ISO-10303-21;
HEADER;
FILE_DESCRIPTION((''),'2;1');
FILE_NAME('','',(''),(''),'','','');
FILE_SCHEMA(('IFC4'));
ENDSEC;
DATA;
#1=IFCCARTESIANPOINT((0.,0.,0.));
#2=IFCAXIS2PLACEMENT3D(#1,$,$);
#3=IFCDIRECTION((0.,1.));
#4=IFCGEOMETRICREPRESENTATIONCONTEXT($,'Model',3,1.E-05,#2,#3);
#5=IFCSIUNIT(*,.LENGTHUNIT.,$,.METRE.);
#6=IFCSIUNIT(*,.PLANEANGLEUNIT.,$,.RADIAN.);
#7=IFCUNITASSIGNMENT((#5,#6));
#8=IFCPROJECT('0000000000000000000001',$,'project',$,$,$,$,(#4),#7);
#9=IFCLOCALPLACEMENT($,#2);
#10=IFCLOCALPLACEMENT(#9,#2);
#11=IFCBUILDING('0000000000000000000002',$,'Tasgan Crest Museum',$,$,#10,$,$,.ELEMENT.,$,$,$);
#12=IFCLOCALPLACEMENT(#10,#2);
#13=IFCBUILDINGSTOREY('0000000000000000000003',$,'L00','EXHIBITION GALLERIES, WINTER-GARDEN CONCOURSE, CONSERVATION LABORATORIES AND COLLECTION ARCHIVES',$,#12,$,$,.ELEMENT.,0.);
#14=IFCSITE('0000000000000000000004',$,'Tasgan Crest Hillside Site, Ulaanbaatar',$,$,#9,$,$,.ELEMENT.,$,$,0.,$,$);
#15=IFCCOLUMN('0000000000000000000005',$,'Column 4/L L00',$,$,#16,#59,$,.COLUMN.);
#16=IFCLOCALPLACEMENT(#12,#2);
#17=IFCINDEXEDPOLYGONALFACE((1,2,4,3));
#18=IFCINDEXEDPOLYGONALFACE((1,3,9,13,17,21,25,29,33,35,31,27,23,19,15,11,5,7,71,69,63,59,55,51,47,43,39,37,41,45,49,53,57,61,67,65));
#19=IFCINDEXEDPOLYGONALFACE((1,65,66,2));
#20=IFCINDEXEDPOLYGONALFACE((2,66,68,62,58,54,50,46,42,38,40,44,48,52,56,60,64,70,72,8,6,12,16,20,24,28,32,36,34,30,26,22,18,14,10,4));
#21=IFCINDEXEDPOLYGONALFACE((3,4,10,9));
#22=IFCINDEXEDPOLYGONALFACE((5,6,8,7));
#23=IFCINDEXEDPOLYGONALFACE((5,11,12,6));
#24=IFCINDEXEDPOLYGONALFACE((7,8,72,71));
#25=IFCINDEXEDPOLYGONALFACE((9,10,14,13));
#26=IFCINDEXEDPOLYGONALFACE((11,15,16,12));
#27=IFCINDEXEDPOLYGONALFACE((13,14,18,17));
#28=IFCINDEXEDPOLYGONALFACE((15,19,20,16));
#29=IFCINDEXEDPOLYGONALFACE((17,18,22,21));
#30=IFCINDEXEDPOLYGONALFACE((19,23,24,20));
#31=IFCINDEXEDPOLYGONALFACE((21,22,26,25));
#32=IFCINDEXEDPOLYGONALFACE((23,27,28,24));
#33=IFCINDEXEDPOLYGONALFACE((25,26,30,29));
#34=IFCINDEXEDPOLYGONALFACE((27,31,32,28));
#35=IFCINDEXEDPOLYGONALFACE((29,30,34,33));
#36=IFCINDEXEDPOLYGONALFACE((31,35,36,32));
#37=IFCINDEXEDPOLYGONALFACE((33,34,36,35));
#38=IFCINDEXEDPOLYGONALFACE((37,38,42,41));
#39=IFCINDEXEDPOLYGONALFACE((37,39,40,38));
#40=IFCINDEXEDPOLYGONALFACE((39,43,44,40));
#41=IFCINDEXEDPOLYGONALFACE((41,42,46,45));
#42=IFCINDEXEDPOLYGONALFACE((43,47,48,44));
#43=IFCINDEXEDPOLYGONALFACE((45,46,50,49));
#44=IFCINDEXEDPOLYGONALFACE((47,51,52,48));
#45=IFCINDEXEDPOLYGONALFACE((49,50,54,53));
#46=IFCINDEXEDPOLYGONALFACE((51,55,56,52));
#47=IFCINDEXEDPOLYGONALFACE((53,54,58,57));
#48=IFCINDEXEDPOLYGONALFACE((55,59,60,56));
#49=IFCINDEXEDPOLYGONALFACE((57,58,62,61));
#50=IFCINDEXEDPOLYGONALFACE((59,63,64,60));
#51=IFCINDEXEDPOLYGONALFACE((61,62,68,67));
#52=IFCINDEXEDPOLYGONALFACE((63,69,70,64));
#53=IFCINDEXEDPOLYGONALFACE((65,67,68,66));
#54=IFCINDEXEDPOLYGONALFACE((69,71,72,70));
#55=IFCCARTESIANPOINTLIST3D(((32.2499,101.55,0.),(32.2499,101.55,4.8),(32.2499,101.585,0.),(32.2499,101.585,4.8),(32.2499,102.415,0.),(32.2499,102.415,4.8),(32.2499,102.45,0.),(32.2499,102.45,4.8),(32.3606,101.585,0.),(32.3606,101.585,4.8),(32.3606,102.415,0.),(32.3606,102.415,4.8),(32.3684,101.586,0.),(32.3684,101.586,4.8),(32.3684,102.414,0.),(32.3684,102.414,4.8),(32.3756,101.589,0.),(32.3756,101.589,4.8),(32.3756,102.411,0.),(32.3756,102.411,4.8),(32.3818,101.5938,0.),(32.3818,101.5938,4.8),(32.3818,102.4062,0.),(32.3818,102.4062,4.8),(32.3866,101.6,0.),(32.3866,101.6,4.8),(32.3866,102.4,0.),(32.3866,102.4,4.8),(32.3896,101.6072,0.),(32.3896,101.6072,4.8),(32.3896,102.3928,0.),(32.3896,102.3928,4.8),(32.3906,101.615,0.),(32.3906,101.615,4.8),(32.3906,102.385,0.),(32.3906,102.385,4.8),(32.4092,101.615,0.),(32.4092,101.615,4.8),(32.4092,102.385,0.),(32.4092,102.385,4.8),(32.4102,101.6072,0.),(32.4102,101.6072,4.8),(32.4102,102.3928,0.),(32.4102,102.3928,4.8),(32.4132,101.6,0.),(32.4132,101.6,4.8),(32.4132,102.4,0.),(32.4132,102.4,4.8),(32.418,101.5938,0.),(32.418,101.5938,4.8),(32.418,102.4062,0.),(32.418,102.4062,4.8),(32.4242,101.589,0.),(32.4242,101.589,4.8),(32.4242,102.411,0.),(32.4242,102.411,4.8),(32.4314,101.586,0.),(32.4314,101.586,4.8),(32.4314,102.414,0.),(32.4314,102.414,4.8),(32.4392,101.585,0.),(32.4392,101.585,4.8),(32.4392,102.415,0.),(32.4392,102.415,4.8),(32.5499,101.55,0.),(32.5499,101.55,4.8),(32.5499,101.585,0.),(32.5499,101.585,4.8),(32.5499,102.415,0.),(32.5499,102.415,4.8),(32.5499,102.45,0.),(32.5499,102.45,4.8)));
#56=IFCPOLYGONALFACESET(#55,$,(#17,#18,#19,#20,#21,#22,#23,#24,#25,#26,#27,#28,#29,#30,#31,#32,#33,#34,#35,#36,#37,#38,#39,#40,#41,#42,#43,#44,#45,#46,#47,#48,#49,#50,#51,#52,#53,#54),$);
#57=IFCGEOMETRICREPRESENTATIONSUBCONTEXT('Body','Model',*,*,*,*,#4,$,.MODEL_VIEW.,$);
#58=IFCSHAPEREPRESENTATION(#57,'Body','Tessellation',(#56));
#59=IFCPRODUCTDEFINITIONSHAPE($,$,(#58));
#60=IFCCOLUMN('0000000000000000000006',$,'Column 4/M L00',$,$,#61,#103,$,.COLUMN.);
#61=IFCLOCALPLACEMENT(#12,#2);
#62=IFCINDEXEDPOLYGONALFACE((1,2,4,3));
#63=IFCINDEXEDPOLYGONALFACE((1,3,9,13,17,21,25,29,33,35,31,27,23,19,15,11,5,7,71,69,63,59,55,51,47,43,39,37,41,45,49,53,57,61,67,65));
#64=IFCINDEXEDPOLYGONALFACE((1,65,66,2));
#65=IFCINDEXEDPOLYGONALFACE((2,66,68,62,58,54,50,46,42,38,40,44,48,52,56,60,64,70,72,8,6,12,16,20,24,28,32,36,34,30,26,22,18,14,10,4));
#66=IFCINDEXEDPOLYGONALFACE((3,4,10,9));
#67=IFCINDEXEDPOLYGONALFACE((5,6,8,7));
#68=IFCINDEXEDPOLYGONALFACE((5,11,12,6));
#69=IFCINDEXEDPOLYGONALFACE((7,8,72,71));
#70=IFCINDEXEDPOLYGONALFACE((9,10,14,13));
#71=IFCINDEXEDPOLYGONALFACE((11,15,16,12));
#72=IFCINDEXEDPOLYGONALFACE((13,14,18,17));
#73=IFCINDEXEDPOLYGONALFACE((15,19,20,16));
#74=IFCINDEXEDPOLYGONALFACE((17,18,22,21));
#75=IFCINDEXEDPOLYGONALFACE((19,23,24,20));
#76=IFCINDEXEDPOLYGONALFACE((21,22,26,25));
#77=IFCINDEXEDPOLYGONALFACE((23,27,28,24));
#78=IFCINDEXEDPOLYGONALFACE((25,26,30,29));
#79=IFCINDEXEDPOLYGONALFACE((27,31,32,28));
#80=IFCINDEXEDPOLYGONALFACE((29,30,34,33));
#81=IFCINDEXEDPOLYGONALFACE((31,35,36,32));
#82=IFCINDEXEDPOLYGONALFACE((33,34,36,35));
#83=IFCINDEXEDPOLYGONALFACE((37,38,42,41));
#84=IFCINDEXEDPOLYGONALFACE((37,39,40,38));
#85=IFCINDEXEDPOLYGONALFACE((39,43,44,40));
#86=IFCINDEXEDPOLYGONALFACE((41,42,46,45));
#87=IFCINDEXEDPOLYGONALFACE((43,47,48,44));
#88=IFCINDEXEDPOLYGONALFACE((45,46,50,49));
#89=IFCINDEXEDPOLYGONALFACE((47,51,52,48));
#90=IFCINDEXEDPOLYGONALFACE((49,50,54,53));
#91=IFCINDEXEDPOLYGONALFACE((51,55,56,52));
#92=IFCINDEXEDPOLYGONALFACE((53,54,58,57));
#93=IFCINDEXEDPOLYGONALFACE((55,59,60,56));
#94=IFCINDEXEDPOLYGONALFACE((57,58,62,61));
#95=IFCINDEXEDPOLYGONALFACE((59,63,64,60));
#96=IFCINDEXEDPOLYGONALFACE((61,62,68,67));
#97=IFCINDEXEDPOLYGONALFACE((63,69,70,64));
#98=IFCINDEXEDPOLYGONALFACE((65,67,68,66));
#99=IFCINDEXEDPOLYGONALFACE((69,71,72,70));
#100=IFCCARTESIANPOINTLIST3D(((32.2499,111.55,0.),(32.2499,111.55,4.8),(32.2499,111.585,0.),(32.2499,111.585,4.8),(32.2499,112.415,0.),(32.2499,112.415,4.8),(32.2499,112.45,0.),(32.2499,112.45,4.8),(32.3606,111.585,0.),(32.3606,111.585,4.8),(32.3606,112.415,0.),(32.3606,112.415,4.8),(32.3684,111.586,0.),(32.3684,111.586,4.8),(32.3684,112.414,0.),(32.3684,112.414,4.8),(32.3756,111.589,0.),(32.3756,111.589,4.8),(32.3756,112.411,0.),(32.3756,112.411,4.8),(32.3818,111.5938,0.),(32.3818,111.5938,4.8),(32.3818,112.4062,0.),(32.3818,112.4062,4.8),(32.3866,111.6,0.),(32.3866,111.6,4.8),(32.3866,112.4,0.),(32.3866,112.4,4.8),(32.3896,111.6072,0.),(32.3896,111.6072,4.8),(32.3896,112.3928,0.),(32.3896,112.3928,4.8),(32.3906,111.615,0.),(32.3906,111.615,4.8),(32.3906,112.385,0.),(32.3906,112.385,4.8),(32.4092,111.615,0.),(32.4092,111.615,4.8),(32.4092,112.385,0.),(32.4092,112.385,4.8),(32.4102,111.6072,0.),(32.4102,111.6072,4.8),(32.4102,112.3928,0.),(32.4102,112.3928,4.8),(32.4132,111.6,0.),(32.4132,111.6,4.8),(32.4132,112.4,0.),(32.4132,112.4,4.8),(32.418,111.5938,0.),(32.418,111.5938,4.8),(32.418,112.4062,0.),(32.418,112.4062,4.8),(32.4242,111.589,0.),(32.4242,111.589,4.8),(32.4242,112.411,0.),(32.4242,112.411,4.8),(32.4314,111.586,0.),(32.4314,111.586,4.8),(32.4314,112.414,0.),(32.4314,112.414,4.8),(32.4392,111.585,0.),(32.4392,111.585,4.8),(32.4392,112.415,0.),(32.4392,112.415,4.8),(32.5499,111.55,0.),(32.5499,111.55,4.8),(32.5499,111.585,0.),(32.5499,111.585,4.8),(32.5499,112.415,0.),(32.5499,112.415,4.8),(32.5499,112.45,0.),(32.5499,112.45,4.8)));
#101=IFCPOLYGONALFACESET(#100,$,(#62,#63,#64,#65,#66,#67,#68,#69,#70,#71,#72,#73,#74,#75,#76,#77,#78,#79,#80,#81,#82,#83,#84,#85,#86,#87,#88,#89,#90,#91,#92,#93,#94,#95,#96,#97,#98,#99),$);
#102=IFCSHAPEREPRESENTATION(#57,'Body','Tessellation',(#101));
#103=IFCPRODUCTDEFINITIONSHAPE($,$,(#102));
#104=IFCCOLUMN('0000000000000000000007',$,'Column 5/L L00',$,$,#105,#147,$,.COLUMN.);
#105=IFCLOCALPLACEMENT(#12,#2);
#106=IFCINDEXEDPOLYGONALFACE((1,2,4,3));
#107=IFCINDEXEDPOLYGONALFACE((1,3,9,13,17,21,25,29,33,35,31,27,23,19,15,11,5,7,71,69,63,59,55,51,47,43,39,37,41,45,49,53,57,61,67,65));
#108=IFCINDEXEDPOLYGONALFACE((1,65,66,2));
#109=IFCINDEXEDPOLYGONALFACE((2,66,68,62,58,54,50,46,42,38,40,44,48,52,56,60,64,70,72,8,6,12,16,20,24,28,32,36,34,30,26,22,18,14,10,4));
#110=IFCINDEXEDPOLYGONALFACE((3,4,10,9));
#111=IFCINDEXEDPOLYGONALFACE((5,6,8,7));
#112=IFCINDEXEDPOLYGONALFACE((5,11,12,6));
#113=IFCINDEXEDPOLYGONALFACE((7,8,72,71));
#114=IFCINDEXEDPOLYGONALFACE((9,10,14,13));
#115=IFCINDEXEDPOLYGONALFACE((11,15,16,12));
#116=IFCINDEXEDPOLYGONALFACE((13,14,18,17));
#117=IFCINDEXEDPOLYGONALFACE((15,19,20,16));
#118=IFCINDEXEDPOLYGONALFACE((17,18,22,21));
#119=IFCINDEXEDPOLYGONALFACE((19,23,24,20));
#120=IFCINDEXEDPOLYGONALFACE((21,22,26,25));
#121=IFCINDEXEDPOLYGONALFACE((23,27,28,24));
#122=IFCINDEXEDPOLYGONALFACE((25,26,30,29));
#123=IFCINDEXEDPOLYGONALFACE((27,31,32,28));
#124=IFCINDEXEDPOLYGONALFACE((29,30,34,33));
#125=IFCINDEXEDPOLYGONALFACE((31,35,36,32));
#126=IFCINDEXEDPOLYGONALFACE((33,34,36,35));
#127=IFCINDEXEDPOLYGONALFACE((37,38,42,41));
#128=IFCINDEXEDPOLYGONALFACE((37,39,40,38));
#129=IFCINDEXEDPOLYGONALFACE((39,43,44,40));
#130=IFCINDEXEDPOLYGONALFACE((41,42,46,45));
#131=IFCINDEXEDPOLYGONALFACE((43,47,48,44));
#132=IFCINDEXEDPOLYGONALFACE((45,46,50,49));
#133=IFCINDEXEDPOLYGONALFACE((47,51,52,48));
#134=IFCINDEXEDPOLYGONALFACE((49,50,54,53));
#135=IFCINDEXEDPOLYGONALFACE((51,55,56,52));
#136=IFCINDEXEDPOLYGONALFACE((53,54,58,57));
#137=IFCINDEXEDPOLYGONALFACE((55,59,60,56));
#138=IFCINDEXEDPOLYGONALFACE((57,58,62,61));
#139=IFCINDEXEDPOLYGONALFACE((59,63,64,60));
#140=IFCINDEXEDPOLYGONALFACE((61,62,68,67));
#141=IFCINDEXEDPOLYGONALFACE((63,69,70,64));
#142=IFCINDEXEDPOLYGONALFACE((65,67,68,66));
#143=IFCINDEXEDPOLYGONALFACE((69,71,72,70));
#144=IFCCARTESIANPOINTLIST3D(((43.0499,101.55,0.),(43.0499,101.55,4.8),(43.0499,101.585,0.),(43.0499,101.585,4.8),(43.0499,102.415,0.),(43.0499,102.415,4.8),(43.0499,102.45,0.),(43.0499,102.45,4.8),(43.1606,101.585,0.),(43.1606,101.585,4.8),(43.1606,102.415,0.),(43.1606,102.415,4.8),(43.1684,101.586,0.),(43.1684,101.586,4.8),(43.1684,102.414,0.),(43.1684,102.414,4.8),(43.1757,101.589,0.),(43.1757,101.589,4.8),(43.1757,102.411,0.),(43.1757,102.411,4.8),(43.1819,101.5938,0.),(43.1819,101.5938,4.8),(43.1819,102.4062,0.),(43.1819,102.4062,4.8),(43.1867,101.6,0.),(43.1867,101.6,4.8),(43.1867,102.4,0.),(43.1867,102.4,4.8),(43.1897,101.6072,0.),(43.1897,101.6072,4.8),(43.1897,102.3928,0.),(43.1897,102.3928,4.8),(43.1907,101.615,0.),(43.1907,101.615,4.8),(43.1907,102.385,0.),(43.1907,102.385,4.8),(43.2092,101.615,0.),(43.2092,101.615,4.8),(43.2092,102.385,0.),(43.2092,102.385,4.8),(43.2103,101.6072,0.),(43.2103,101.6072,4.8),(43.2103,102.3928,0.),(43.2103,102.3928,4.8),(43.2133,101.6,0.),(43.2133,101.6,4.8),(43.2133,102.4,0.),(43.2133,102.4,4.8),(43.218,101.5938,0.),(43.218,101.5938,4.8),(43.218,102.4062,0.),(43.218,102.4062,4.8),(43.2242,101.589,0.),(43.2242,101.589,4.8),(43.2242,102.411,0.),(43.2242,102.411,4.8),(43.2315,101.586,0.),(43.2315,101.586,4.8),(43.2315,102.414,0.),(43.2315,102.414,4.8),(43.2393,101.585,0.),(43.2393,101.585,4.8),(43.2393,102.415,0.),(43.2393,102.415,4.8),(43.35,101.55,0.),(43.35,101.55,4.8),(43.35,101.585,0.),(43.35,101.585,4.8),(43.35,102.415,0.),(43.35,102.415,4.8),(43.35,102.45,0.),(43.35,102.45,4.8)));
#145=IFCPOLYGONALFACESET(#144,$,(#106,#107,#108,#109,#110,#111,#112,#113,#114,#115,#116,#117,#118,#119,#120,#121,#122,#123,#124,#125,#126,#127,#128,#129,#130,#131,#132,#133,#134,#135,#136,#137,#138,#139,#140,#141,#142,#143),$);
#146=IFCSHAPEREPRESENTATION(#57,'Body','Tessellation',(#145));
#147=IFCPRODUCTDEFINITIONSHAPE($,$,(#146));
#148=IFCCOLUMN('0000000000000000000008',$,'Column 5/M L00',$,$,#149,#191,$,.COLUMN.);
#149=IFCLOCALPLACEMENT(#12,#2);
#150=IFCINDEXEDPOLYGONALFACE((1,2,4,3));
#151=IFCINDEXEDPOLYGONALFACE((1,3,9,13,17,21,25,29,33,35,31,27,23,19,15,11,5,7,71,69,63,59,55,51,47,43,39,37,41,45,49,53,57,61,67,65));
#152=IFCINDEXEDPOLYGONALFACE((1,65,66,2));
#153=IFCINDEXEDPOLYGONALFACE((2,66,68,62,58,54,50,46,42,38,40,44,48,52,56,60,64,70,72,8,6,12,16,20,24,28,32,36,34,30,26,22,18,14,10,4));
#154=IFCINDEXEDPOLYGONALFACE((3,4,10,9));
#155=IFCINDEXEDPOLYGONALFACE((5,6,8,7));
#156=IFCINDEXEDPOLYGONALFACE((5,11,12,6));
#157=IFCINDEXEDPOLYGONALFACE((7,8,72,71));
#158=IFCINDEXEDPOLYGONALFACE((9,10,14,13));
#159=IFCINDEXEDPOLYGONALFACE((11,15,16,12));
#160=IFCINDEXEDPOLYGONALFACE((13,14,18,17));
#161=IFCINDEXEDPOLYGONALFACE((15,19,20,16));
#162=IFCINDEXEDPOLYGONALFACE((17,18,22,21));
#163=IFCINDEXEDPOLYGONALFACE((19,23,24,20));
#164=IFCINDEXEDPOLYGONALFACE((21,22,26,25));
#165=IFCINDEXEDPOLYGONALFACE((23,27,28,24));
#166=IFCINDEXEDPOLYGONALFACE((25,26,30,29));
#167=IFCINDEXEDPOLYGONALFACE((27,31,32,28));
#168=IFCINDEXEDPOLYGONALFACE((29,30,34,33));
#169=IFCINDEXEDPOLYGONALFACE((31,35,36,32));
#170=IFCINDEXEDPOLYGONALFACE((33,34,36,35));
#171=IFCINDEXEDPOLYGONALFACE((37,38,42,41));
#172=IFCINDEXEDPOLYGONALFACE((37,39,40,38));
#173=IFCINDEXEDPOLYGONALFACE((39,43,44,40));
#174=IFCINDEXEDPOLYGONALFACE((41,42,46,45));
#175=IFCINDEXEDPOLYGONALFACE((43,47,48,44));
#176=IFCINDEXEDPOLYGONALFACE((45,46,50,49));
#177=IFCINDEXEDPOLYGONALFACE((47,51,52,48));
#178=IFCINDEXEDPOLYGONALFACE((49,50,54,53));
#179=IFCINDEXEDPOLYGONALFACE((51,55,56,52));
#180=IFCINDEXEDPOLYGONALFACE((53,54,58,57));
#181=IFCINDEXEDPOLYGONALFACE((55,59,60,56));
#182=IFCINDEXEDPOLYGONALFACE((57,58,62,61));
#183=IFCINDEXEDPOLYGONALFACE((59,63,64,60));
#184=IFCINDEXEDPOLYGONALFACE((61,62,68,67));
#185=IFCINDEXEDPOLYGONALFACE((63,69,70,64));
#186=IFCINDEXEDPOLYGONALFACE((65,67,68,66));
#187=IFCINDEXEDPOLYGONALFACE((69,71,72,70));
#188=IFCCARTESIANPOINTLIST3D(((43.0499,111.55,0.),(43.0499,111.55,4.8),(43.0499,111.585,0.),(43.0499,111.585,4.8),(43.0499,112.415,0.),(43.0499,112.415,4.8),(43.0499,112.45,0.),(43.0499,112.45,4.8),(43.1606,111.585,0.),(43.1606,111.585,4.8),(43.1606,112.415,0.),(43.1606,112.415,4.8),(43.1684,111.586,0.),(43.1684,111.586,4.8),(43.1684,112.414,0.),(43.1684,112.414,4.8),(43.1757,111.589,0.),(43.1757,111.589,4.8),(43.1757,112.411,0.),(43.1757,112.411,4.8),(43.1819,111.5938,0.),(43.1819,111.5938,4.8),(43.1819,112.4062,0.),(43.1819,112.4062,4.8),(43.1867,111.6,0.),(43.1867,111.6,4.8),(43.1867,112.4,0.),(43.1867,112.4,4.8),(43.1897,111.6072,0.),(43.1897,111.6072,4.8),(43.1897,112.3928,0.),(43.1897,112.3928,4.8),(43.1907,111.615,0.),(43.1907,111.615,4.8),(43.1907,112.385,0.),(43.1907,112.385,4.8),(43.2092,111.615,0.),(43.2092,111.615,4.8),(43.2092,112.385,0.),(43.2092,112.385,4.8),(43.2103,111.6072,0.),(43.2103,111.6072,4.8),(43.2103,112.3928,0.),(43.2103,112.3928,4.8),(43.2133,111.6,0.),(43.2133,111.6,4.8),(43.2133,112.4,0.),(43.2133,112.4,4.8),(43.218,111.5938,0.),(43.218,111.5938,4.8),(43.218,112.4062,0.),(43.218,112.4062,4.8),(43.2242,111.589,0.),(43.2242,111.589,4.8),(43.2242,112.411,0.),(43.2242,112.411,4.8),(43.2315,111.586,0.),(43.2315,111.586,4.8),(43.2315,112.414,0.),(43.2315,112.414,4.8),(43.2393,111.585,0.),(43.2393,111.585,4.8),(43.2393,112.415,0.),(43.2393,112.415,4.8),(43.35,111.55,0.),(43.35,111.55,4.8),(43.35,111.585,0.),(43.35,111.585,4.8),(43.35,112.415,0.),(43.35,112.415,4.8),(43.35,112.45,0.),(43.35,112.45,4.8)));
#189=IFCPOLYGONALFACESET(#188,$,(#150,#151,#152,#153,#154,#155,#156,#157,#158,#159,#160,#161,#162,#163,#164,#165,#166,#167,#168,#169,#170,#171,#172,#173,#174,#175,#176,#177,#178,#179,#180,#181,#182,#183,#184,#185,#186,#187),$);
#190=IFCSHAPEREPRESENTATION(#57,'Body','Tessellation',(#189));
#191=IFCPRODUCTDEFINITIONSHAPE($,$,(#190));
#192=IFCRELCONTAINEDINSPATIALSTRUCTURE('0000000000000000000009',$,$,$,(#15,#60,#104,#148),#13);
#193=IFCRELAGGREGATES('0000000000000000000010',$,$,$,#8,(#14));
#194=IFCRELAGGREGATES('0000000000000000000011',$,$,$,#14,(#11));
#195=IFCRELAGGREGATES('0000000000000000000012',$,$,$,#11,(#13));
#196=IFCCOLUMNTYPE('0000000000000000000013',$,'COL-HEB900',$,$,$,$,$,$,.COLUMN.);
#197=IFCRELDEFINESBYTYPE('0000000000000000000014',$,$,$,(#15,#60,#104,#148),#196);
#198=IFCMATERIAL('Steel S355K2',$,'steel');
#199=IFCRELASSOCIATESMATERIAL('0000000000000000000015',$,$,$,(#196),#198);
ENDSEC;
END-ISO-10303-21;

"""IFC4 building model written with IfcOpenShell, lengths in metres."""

from ifc_helpers import new_model, si_unit, direction, frame, origin, origin_2d, place, context, subcontext, project, spatial, i_section, extrude, material, material_profile, profile_set, type_object, element, save


model = new_model("IFC4")

# Units and contexts
model_context = context("Model", 3, precision=1e-05, world=origin(), true_north=direction((0.0, 1.0)))
body_context = subcontext(model_context, "Body", "Model", "MODEL_VIEW")
ifc_project = project(units=[si_unit("LENGTHUNIT", "METRE"), si_unit("PLANEANGLEUNIT", "RADIAN")], contexts=[model_context])

# Site, building, storey
site_placement = place(None, origin())
site = spatial("IfcSite", under=ifc_project, at=site_placement, Name="Tasgan Crest Hillside Site, Ulaanbaatar", CompositionType="ELEMENT", RefElevation=0.0)
building_placement = place(site_placement, origin())
building = spatial("IfcBuilding", under=site, at=building_placement, Name="Tasgan Crest Museum", CompositionType="ELEMENT")
storey_placement = place(building_placement, origin())
storey = spatial("IfcBuildingStorey", under=building, at=storey_placement, Name="L00", Description="EXHIBITION GALLERIES, WINTER-GARDEN CONCOURSE, CONSERVATION LABORATORIES AND COLLECTION ARCHIVES", CompositionType="ELEMENT", Elevation=0.0)

# Columns
ifc_material_1 = material(Name="Steel S355K2", Category="steel")
ifc_material_profile_1 = material_profile(ifc_material_1, i_section(OverallWidth=0.3, OverallDepth=0.8999, WebThickness=0.0186, FlangeThickness=0.0349, FilletRadius=0.03, at=origin_2d()), Name="HEB 900")
ifc_profile_set_1 = profile_set([ifc_material_profile_1], Name="Steel S355K2")
column_type = type_object("IfcColumnType", Name="COL-HEB900", PredefinedType="COLUMN", material=ifc_profile_set_1)
for number, where, z_axis, x_axis, name in (
    (1, (32.3999, 102.0, 0.0), (0.0, 0.0, 1.0), (1.0, 0.0, 0.0), "Column 4/L L00"),
    (2, (32.3999, 112.0, 0.0), (0.0, 0.0, 1.0), (1.0, 0.0, 0.0), "Column 4/M L00"),
    (3, (43.2, 102.0, 0.0), (0.0, 0.0, 1.0), (1.0, 0.0, 0.0), "Column 5/L L00"),
    (4, (43.2, 112.0, 0.0), (0.0, 0.0, 1.0), (1.0, 0.0, 0.0), "Column 5/M L00"),
):
    element("IfcColumn", number, at=place(storey_placement, frame(where, z_axis=z_axis, x_axis=x_axis)), inside=storey, type_object=column_type, Name=name, PredefinedType="COLUMN", context=body_context, shape_type="SweptSolid", body=[
        extrude(i_section(OverallWidth=0.3, OverallDepth=0.8999, WebThickness=0.0186, FlangeThickness=0.0349, FilletRadius=0.03, at=origin_2d()), origin(), (0.0, 0.0, 1.0), 4.8),
    ])

save(model, "model.ifc")
